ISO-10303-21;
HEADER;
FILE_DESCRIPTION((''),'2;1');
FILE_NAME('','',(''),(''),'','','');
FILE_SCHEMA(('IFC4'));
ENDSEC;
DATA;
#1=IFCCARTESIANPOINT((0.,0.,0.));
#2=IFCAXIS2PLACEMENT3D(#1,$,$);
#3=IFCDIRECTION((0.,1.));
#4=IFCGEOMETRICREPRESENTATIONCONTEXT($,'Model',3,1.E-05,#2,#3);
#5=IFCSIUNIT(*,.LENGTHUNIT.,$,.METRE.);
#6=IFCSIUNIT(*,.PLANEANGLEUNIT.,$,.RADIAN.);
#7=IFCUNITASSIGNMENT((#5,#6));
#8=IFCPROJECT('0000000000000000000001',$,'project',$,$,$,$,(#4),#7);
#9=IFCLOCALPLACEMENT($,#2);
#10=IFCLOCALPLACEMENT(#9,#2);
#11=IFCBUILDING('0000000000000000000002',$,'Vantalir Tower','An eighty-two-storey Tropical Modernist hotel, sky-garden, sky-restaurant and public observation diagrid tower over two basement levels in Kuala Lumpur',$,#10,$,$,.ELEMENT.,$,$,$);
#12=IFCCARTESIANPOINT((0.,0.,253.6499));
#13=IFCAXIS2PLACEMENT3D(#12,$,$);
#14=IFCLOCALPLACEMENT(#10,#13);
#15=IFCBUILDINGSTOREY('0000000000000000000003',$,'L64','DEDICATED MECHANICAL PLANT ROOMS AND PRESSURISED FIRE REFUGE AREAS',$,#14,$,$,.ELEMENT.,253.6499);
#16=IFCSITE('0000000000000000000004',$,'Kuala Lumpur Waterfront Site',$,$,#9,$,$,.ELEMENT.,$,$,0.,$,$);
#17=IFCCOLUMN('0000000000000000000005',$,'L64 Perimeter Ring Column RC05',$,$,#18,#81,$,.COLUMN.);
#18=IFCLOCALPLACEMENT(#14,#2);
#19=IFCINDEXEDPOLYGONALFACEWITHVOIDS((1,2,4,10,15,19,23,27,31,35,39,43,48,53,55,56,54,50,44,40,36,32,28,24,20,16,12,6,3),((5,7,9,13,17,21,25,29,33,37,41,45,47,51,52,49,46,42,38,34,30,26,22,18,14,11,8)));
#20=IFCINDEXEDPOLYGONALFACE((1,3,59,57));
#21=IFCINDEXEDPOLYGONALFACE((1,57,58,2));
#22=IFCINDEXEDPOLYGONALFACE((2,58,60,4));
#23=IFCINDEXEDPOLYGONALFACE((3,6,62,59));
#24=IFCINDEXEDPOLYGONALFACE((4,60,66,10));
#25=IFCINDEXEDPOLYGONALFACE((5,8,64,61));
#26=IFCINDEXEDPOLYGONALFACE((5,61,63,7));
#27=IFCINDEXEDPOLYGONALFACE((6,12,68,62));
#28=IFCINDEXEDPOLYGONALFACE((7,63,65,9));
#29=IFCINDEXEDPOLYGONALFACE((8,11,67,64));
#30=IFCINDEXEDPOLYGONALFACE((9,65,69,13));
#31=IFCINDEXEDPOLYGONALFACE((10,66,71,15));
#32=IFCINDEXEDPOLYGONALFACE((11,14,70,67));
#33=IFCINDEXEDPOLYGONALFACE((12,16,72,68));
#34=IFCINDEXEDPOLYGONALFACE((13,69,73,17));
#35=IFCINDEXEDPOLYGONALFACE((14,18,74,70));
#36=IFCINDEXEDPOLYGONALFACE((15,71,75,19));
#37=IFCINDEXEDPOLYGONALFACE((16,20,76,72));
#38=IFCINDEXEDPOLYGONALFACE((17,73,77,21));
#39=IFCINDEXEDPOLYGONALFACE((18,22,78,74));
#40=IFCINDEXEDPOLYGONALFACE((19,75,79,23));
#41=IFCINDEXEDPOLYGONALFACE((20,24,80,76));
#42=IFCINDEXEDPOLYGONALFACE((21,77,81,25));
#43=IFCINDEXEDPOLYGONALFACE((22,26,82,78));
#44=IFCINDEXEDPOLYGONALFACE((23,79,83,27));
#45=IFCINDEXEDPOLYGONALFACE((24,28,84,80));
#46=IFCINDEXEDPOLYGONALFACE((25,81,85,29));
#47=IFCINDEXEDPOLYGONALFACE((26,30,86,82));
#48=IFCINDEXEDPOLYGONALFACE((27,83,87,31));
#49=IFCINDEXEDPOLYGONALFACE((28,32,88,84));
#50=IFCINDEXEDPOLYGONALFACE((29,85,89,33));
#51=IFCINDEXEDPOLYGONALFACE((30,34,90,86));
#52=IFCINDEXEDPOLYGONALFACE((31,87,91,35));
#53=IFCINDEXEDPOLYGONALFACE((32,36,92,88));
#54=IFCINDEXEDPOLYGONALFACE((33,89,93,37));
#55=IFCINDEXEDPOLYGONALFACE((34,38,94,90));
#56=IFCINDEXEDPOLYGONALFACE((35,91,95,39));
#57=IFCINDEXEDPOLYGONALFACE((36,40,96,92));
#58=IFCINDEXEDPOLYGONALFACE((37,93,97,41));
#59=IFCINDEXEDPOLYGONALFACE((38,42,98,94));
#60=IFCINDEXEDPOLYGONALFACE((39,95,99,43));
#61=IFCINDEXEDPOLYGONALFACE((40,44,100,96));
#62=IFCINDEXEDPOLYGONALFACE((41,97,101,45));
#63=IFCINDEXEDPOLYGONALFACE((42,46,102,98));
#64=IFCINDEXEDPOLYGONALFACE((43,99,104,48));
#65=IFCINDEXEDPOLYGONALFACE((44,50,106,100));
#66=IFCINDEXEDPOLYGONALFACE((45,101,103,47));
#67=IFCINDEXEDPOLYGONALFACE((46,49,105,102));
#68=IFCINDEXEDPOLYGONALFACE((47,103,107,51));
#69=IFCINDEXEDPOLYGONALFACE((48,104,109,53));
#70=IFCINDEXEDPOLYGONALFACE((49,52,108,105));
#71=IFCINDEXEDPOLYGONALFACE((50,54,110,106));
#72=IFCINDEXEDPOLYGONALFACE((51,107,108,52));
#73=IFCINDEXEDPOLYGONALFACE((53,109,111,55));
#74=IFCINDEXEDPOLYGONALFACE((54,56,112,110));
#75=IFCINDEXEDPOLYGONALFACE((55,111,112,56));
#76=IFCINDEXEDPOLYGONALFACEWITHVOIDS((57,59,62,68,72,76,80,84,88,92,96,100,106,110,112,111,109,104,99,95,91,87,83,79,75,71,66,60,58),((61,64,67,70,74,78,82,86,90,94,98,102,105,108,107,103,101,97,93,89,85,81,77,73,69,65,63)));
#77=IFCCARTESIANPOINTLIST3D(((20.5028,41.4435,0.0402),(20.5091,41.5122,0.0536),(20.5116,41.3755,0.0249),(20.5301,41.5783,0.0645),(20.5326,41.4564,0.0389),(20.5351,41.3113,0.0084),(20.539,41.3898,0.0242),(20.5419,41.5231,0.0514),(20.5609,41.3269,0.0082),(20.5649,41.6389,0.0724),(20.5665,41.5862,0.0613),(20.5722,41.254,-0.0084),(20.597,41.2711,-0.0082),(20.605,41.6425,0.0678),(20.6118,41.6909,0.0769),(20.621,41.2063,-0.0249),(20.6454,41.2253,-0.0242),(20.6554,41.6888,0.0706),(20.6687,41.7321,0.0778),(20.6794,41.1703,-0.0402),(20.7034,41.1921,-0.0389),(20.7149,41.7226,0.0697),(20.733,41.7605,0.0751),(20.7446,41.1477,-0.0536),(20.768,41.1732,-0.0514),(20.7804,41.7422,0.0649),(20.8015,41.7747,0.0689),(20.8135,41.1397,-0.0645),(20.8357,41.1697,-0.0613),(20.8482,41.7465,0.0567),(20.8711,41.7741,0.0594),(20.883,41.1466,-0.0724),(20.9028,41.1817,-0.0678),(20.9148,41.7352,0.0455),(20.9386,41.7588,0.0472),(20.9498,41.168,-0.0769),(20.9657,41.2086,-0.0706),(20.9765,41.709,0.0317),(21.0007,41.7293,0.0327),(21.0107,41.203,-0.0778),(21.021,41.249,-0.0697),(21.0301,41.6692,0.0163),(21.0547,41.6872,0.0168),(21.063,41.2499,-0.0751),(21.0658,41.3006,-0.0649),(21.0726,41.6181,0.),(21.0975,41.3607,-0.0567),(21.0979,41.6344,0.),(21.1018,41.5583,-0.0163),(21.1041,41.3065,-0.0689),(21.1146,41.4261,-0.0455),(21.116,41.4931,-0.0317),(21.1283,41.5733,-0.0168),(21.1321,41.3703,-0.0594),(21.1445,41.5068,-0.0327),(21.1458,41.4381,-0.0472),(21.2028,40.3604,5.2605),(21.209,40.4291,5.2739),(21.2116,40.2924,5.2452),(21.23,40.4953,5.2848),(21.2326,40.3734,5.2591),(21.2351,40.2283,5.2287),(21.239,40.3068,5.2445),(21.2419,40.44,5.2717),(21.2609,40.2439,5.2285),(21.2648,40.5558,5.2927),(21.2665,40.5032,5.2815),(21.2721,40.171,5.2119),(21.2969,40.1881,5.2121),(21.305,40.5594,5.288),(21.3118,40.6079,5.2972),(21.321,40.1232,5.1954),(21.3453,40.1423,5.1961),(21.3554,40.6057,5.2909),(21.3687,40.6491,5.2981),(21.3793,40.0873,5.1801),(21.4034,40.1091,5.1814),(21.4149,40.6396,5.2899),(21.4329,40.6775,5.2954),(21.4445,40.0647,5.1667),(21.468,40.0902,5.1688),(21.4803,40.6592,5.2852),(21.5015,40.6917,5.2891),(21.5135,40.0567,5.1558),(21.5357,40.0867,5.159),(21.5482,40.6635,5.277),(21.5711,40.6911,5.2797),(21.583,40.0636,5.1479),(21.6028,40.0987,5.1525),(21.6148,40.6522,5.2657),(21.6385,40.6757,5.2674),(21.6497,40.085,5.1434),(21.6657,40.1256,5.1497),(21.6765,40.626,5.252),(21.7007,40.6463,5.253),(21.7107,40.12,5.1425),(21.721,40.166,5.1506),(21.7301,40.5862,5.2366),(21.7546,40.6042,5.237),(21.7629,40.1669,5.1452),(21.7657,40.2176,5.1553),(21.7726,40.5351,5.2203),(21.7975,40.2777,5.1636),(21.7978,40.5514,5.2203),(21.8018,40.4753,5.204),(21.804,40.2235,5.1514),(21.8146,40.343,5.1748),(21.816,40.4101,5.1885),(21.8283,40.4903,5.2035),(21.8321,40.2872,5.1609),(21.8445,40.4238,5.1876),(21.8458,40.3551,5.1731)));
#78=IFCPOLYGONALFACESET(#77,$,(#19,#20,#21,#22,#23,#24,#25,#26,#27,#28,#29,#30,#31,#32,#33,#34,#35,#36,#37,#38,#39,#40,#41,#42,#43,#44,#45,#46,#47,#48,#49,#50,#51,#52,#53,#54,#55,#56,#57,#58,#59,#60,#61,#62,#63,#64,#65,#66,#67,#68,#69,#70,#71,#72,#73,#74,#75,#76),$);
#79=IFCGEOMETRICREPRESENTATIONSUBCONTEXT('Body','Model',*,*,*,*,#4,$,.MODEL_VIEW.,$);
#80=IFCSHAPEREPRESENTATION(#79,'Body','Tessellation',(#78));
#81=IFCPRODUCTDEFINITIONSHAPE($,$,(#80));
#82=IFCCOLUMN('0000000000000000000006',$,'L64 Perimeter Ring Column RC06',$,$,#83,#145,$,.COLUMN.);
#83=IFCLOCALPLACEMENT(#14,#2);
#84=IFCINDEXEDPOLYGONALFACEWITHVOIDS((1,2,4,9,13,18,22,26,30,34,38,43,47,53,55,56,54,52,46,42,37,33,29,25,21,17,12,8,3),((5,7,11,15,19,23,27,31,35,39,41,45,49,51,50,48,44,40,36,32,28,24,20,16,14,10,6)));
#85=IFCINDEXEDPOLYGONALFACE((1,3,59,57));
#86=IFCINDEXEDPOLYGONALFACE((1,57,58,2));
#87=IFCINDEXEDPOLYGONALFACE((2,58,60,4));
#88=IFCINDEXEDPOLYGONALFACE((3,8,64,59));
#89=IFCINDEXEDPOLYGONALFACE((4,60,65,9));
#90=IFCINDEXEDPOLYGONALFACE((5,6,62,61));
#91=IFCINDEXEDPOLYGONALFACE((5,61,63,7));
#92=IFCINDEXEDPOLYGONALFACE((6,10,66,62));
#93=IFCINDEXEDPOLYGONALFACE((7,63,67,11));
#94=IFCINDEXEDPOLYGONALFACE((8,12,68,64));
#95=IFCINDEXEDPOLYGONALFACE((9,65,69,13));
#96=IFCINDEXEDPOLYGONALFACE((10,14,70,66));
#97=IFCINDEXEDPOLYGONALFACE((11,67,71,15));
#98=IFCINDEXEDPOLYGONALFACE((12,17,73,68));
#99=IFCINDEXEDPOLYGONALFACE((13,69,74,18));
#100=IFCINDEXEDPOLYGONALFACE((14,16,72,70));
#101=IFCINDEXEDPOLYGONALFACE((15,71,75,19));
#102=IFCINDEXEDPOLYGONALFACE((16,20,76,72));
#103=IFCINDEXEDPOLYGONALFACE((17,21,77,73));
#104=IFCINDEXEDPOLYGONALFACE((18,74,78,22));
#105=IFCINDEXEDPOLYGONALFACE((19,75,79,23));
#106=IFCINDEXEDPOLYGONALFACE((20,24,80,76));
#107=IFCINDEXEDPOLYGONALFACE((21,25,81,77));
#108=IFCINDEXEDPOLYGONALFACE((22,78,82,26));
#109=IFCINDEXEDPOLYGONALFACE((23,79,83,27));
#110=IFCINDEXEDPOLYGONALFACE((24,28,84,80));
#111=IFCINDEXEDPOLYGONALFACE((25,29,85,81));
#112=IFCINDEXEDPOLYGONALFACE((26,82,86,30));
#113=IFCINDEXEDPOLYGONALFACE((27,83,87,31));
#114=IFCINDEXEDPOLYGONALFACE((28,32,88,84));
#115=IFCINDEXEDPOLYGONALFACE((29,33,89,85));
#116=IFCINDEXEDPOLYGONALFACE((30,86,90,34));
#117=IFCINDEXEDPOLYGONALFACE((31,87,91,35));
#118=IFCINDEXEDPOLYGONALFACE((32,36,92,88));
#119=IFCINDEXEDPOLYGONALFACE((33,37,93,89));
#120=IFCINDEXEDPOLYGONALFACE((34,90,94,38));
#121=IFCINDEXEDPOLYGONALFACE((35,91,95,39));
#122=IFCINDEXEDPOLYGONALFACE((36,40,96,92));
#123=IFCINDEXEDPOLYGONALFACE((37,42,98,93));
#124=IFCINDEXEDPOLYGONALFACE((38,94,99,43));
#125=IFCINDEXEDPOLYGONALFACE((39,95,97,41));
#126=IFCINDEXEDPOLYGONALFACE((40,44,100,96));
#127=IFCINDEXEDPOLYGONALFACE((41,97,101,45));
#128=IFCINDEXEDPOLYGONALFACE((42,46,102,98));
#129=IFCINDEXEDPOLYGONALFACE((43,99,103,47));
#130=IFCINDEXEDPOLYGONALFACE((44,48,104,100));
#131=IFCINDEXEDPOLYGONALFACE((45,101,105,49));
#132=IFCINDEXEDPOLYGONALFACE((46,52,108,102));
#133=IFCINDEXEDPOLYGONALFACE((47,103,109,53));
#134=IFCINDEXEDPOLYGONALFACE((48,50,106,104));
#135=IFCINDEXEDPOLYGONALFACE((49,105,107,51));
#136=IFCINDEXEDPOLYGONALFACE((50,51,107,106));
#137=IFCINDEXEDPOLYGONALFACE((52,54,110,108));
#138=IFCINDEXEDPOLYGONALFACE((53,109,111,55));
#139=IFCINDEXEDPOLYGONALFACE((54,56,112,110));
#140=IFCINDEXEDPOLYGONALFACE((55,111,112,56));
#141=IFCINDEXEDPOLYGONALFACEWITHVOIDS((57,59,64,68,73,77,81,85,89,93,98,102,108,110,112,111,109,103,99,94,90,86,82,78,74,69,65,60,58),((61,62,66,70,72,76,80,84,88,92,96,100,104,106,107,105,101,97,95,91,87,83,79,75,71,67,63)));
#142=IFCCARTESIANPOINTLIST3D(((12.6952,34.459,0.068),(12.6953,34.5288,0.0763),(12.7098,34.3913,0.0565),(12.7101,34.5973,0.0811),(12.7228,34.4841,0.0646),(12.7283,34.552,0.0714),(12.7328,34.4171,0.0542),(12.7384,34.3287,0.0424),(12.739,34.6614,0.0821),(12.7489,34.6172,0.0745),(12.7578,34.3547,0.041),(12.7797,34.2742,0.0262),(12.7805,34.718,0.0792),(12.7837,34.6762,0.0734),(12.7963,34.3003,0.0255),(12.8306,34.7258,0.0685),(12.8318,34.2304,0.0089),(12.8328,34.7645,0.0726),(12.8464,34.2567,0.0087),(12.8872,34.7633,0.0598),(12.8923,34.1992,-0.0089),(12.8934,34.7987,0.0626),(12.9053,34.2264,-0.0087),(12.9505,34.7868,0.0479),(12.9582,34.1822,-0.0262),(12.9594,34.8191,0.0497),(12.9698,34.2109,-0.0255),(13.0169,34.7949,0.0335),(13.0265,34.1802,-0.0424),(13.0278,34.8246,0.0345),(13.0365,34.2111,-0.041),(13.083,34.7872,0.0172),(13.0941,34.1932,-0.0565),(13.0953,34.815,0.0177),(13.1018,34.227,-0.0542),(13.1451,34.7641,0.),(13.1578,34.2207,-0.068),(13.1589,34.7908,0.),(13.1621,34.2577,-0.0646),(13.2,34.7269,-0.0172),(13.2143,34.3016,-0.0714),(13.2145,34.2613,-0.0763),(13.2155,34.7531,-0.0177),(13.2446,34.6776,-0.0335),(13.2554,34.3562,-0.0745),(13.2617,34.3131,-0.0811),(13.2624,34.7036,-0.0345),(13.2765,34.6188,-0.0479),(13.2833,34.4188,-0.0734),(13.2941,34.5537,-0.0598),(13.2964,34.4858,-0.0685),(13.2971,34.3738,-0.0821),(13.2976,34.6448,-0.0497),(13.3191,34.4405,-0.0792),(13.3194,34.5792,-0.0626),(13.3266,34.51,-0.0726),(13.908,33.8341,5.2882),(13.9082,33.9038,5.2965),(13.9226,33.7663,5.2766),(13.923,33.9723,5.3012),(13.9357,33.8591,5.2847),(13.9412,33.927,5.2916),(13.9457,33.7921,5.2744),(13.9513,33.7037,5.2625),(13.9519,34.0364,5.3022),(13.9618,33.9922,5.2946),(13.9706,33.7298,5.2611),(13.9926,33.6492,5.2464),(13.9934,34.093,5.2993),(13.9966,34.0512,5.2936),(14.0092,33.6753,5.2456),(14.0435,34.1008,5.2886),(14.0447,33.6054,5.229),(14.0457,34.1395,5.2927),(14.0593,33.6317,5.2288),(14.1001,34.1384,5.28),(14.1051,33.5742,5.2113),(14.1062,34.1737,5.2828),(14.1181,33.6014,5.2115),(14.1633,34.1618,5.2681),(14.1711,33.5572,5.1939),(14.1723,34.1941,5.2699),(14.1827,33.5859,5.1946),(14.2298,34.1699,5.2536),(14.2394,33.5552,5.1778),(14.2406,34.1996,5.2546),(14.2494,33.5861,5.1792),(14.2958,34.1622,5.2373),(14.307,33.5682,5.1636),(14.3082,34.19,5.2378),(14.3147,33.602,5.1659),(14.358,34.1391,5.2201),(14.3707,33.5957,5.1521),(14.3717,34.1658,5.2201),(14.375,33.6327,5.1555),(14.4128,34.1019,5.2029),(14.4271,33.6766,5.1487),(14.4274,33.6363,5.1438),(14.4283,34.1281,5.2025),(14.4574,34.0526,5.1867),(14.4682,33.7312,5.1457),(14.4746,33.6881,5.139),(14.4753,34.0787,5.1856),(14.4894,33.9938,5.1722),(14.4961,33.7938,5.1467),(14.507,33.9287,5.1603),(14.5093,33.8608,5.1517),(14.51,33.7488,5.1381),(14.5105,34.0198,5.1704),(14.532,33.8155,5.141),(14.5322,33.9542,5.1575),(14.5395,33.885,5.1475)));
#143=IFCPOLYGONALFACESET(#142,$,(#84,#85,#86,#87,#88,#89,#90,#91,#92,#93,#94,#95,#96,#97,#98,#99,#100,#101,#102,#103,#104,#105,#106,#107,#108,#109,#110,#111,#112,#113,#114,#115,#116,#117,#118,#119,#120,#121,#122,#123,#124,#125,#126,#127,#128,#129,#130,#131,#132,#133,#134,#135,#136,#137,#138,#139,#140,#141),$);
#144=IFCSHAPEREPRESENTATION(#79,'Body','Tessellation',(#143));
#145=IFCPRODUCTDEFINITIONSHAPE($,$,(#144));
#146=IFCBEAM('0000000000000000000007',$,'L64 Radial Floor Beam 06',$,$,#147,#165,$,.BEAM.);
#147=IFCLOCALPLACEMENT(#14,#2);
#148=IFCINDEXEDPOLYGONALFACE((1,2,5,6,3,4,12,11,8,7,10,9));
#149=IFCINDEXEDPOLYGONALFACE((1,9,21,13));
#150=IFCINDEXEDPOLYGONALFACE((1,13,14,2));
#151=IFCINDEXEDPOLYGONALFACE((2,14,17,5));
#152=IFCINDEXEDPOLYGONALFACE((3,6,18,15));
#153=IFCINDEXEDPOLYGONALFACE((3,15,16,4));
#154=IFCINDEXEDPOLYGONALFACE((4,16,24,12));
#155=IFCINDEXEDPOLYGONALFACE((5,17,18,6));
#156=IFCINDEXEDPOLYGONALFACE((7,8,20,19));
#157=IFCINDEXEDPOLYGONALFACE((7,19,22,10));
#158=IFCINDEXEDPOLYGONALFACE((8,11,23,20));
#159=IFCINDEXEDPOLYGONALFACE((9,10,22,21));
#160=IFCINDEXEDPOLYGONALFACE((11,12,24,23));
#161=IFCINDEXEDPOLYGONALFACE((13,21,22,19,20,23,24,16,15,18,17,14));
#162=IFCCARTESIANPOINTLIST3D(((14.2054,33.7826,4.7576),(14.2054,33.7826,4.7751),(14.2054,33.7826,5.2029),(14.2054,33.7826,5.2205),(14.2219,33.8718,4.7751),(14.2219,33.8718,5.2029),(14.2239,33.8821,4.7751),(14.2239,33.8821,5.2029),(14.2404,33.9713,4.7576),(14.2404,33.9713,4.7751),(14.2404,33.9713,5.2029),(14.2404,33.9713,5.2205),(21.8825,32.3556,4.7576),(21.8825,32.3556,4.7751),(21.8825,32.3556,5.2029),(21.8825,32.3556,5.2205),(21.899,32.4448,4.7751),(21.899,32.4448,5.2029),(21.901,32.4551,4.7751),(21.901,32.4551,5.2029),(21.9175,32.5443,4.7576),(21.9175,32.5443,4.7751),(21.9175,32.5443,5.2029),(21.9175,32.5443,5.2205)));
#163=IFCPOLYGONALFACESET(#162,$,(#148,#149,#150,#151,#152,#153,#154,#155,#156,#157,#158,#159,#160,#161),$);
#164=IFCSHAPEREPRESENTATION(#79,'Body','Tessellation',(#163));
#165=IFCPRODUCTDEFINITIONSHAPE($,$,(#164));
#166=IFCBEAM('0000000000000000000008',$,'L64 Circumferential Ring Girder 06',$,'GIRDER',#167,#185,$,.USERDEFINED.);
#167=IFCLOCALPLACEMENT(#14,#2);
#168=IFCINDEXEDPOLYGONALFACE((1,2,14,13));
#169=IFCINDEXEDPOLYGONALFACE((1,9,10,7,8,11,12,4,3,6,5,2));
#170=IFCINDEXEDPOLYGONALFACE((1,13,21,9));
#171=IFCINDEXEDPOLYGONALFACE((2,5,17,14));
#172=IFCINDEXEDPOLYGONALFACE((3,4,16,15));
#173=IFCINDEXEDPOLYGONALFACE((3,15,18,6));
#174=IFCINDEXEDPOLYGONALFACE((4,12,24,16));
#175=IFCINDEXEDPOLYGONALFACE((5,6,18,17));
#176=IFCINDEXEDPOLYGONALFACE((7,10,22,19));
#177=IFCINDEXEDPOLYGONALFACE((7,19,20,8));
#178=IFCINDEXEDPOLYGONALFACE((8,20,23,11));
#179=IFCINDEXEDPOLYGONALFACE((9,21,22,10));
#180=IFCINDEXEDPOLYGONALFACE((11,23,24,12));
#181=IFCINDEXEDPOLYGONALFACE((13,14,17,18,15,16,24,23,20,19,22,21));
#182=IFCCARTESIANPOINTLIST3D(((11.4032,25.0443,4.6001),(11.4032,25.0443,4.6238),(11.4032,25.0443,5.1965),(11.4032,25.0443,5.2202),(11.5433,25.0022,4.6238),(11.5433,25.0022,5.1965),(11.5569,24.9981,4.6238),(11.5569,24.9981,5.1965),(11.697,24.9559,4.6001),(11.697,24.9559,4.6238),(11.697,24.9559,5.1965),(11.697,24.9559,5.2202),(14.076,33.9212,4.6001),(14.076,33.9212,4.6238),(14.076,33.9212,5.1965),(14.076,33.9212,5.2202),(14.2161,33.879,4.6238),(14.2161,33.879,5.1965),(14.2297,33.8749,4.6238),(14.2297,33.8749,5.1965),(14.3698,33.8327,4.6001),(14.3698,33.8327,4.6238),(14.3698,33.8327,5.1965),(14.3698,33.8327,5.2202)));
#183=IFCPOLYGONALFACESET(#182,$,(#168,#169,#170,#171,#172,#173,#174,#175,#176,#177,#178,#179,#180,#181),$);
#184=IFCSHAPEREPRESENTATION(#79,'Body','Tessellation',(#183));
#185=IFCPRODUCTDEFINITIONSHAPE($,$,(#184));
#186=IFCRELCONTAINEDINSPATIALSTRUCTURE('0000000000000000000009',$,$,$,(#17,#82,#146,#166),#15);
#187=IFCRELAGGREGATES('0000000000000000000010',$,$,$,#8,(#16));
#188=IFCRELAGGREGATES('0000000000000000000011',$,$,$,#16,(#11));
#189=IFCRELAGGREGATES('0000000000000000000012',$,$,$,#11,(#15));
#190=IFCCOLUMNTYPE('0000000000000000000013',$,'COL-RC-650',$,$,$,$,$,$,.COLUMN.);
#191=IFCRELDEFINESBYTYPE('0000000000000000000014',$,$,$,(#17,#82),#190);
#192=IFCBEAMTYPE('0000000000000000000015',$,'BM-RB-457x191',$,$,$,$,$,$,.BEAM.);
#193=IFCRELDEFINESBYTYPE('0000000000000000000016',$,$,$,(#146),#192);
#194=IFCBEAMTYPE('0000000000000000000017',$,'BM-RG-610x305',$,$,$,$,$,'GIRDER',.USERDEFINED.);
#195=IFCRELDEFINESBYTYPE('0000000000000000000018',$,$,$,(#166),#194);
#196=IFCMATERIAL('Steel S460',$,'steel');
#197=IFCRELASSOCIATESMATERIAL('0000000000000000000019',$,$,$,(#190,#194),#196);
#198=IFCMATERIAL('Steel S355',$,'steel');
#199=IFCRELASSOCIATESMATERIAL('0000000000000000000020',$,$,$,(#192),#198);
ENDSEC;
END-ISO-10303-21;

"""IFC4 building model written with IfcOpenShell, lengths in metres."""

from ifc_helpers import new_model, si_unit, direction, frame, origin, origin_2d, place, context, subcontext, project, spatial, hollow_circle, i_section, extrude, material, material_profile, profile_set, type_object, element, save


model = new_model("IFC4")

# Units and contexts
model_context = context("Model", 3, precision=1e-05, world=origin(), true_north=direction((0.0, 1.0)))
body_context = subcontext(model_context, "Body", "Model", "MODEL_VIEW")
ifc_project = project(units=[si_unit("LENGTHUNIT", "METRE"), si_unit("PLANEANGLEUNIT", "RADIAN")], contexts=[model_context])

# Site, building, storey
site_placement = place(None, origin())
site = spatial("IfcSite", under=ifc_project, at=site_placement, Name="Kuala Lumpur Waterfront Site", CompositionType="ELEMENT", RefElevation=0.0)
building_placement = place(site_placement, origin())
building = spatial("IfcBuilding", under=site, at=building_placement, Name="Vantalir Tower", Description="An eighty-two-storey Tropical Modernist hotel, sky-garden, sky-restaurant and public observation diagrid tower over two basement levels in Kuala Lumpur", CompositionType="ELEMENT")
storey_placement = place(building_placement, frame((0.0, 0.0, 253.6499)))
storey = spatial("IfcBuildingStorey", under=building, at=storey_placement, Name="L64", Description="DEDICATED MECHANICAL PLANT ROOMS AND PRESSURISED FIRE REFUGE AREAS", CompositionType="ELEMENT", Elevation=253.6499)

# Columns
ifc_material_1 = material(Name="Steel S460", Category="steel")
ifc_material_profile_1 = material_profile(ifc_material_1, hollow_circle(Radius=0.325, WallThickness=0.03, at=origin_2d()), Name="Steel S460")
ifc_profile_set_1 = profile_set([ifc_material_profile_1], Name="Steel S460")
column_type = type_object("IfcColumnType", Name="COL-RC-650", PredefinedType="COLUMN", material=ifc_profile_set_1)
column_1_placement = place(storey_placement, frame((20.825, 41.458, 0.0), z_axis=(0.130172, -0.20141, 0.970819), x_axis=(0.83986, 0.542804, 0.0)))
element("IfcColumn", 1, at=column_1_placement, inside=storey, type_object=column_type, Name="L64 Perimeter Ring Column RC05", PredefinedType="COLUMN", context=body_context, shape_type="SweptSolid", body=[
    extrude(hollow_circle(Radius=0.325, WallThickness=0.03, at=origin_2d()), origin(), (0.0, 0.0, 1.0), 5.3772),
])
column_2_placement = place(storey_placement, frame((13.01, 34.502, 0.0), z_axis=(0.224793, -0.115835, 0.967497), x_axis=(0.458059, 0.888922, 0.0)))
element("IfcColumn", 2, at=column_2_placement, inside=storey, type_object=column_type, Name="L64 Perimeter Ring Column RC06", PredefinedType="COLUMN", context=body_context, shape_type="SweptSolid", body=[
    extrude(hollow_circle(Radius=0.325, WallThickness=0.03, at=origin_2d()), origin(), (0.0, 0.0, 1.0), 5.3955),
])

# Beams
ifc_material_2 = material(Name="Steel S355", Category="steel")
ifc_material_profile_2 = material_profile(ifc_material_2, i_section(OverallWidth=0.1919, OverallDepth=0.4629, WebThickness=0.0105, FlangeThickness=0.0176, at=origin_2d()), Name="Steel S355")
ifc_profile_set_2 = profile_set([ifc_material_profile_2], Name="Steel S355")
beam_type_1 = type_object("IfcBeamType", Name="BM-RB-457x191", PredefinedType="BEAM", material=ifc_profile_set_2)
beam_1_placement = place(storey_placement, frame((14.2229, 33.877, 4.989), z_axis=(0.983159, -0.18275, 0.0), x_axis=(0.18275, 0.983159, 0.0)))
element("IfcBeam", 3, at=beam_1_placement, inside=storey, type_object=beam_type_1, Name="L64 Radial Floor Beam 06", PredefinedType="BEAM", context=body_context, shape_type="SweptSolid", body=[
    extrude(i_section(OverallWidth=0.1919, OverallDepth=0.4629, WebThickness=0.0105, FlangeThickness=0.0176, at=origin_2d()), origin(), (0.0, 0.0, 1.0), 7.8086),
])
ifc_material_profile_3 = material_profile(ifc_material_1, i_section(OverallWidth=0.3069, OverallDepth=0.6201, WebThickness=0.0142, FlangeThickness=0.0237, at=origin_2d()), Name="Steel S460")
ifc_profile_set_3 = profile_set([ifc_material_profile_3], Name="Steel S460")
beam_type_2 = type_object("IfcBeamType", Name="BM-RG-610x305", ElementType="GIRDER", PredefinedType="USERDEFINED", material=ifc_profile_set_3)
beam_2_placement = place(storey_placement, frame((14.2229, 33.877, 4.9102), z_axis=(-0.288314, -0.957536, 0.0), x_axis=(0.957536, -0.288314, 0.0)))
element("IfcBeam", 4, at=beam_2_placement, inside=storey, type_object=beam_type_2, Name="L64 Circumferential Ring Girder 06", ObjectType="GIRDER", PredefinedType="USERDEFINED", context=body_context, shape_type="SweptSolid", body=[
    extrude(i_section(OverallWidth=0.3069, OverallDepth=0.6201, WebThickness=0.0142, FlangeThickness=0.0237, at=origin_2d()), origin(), (0.0, 0.0, 1.0), 9.2705),
])

save(model, "model.ifc")
